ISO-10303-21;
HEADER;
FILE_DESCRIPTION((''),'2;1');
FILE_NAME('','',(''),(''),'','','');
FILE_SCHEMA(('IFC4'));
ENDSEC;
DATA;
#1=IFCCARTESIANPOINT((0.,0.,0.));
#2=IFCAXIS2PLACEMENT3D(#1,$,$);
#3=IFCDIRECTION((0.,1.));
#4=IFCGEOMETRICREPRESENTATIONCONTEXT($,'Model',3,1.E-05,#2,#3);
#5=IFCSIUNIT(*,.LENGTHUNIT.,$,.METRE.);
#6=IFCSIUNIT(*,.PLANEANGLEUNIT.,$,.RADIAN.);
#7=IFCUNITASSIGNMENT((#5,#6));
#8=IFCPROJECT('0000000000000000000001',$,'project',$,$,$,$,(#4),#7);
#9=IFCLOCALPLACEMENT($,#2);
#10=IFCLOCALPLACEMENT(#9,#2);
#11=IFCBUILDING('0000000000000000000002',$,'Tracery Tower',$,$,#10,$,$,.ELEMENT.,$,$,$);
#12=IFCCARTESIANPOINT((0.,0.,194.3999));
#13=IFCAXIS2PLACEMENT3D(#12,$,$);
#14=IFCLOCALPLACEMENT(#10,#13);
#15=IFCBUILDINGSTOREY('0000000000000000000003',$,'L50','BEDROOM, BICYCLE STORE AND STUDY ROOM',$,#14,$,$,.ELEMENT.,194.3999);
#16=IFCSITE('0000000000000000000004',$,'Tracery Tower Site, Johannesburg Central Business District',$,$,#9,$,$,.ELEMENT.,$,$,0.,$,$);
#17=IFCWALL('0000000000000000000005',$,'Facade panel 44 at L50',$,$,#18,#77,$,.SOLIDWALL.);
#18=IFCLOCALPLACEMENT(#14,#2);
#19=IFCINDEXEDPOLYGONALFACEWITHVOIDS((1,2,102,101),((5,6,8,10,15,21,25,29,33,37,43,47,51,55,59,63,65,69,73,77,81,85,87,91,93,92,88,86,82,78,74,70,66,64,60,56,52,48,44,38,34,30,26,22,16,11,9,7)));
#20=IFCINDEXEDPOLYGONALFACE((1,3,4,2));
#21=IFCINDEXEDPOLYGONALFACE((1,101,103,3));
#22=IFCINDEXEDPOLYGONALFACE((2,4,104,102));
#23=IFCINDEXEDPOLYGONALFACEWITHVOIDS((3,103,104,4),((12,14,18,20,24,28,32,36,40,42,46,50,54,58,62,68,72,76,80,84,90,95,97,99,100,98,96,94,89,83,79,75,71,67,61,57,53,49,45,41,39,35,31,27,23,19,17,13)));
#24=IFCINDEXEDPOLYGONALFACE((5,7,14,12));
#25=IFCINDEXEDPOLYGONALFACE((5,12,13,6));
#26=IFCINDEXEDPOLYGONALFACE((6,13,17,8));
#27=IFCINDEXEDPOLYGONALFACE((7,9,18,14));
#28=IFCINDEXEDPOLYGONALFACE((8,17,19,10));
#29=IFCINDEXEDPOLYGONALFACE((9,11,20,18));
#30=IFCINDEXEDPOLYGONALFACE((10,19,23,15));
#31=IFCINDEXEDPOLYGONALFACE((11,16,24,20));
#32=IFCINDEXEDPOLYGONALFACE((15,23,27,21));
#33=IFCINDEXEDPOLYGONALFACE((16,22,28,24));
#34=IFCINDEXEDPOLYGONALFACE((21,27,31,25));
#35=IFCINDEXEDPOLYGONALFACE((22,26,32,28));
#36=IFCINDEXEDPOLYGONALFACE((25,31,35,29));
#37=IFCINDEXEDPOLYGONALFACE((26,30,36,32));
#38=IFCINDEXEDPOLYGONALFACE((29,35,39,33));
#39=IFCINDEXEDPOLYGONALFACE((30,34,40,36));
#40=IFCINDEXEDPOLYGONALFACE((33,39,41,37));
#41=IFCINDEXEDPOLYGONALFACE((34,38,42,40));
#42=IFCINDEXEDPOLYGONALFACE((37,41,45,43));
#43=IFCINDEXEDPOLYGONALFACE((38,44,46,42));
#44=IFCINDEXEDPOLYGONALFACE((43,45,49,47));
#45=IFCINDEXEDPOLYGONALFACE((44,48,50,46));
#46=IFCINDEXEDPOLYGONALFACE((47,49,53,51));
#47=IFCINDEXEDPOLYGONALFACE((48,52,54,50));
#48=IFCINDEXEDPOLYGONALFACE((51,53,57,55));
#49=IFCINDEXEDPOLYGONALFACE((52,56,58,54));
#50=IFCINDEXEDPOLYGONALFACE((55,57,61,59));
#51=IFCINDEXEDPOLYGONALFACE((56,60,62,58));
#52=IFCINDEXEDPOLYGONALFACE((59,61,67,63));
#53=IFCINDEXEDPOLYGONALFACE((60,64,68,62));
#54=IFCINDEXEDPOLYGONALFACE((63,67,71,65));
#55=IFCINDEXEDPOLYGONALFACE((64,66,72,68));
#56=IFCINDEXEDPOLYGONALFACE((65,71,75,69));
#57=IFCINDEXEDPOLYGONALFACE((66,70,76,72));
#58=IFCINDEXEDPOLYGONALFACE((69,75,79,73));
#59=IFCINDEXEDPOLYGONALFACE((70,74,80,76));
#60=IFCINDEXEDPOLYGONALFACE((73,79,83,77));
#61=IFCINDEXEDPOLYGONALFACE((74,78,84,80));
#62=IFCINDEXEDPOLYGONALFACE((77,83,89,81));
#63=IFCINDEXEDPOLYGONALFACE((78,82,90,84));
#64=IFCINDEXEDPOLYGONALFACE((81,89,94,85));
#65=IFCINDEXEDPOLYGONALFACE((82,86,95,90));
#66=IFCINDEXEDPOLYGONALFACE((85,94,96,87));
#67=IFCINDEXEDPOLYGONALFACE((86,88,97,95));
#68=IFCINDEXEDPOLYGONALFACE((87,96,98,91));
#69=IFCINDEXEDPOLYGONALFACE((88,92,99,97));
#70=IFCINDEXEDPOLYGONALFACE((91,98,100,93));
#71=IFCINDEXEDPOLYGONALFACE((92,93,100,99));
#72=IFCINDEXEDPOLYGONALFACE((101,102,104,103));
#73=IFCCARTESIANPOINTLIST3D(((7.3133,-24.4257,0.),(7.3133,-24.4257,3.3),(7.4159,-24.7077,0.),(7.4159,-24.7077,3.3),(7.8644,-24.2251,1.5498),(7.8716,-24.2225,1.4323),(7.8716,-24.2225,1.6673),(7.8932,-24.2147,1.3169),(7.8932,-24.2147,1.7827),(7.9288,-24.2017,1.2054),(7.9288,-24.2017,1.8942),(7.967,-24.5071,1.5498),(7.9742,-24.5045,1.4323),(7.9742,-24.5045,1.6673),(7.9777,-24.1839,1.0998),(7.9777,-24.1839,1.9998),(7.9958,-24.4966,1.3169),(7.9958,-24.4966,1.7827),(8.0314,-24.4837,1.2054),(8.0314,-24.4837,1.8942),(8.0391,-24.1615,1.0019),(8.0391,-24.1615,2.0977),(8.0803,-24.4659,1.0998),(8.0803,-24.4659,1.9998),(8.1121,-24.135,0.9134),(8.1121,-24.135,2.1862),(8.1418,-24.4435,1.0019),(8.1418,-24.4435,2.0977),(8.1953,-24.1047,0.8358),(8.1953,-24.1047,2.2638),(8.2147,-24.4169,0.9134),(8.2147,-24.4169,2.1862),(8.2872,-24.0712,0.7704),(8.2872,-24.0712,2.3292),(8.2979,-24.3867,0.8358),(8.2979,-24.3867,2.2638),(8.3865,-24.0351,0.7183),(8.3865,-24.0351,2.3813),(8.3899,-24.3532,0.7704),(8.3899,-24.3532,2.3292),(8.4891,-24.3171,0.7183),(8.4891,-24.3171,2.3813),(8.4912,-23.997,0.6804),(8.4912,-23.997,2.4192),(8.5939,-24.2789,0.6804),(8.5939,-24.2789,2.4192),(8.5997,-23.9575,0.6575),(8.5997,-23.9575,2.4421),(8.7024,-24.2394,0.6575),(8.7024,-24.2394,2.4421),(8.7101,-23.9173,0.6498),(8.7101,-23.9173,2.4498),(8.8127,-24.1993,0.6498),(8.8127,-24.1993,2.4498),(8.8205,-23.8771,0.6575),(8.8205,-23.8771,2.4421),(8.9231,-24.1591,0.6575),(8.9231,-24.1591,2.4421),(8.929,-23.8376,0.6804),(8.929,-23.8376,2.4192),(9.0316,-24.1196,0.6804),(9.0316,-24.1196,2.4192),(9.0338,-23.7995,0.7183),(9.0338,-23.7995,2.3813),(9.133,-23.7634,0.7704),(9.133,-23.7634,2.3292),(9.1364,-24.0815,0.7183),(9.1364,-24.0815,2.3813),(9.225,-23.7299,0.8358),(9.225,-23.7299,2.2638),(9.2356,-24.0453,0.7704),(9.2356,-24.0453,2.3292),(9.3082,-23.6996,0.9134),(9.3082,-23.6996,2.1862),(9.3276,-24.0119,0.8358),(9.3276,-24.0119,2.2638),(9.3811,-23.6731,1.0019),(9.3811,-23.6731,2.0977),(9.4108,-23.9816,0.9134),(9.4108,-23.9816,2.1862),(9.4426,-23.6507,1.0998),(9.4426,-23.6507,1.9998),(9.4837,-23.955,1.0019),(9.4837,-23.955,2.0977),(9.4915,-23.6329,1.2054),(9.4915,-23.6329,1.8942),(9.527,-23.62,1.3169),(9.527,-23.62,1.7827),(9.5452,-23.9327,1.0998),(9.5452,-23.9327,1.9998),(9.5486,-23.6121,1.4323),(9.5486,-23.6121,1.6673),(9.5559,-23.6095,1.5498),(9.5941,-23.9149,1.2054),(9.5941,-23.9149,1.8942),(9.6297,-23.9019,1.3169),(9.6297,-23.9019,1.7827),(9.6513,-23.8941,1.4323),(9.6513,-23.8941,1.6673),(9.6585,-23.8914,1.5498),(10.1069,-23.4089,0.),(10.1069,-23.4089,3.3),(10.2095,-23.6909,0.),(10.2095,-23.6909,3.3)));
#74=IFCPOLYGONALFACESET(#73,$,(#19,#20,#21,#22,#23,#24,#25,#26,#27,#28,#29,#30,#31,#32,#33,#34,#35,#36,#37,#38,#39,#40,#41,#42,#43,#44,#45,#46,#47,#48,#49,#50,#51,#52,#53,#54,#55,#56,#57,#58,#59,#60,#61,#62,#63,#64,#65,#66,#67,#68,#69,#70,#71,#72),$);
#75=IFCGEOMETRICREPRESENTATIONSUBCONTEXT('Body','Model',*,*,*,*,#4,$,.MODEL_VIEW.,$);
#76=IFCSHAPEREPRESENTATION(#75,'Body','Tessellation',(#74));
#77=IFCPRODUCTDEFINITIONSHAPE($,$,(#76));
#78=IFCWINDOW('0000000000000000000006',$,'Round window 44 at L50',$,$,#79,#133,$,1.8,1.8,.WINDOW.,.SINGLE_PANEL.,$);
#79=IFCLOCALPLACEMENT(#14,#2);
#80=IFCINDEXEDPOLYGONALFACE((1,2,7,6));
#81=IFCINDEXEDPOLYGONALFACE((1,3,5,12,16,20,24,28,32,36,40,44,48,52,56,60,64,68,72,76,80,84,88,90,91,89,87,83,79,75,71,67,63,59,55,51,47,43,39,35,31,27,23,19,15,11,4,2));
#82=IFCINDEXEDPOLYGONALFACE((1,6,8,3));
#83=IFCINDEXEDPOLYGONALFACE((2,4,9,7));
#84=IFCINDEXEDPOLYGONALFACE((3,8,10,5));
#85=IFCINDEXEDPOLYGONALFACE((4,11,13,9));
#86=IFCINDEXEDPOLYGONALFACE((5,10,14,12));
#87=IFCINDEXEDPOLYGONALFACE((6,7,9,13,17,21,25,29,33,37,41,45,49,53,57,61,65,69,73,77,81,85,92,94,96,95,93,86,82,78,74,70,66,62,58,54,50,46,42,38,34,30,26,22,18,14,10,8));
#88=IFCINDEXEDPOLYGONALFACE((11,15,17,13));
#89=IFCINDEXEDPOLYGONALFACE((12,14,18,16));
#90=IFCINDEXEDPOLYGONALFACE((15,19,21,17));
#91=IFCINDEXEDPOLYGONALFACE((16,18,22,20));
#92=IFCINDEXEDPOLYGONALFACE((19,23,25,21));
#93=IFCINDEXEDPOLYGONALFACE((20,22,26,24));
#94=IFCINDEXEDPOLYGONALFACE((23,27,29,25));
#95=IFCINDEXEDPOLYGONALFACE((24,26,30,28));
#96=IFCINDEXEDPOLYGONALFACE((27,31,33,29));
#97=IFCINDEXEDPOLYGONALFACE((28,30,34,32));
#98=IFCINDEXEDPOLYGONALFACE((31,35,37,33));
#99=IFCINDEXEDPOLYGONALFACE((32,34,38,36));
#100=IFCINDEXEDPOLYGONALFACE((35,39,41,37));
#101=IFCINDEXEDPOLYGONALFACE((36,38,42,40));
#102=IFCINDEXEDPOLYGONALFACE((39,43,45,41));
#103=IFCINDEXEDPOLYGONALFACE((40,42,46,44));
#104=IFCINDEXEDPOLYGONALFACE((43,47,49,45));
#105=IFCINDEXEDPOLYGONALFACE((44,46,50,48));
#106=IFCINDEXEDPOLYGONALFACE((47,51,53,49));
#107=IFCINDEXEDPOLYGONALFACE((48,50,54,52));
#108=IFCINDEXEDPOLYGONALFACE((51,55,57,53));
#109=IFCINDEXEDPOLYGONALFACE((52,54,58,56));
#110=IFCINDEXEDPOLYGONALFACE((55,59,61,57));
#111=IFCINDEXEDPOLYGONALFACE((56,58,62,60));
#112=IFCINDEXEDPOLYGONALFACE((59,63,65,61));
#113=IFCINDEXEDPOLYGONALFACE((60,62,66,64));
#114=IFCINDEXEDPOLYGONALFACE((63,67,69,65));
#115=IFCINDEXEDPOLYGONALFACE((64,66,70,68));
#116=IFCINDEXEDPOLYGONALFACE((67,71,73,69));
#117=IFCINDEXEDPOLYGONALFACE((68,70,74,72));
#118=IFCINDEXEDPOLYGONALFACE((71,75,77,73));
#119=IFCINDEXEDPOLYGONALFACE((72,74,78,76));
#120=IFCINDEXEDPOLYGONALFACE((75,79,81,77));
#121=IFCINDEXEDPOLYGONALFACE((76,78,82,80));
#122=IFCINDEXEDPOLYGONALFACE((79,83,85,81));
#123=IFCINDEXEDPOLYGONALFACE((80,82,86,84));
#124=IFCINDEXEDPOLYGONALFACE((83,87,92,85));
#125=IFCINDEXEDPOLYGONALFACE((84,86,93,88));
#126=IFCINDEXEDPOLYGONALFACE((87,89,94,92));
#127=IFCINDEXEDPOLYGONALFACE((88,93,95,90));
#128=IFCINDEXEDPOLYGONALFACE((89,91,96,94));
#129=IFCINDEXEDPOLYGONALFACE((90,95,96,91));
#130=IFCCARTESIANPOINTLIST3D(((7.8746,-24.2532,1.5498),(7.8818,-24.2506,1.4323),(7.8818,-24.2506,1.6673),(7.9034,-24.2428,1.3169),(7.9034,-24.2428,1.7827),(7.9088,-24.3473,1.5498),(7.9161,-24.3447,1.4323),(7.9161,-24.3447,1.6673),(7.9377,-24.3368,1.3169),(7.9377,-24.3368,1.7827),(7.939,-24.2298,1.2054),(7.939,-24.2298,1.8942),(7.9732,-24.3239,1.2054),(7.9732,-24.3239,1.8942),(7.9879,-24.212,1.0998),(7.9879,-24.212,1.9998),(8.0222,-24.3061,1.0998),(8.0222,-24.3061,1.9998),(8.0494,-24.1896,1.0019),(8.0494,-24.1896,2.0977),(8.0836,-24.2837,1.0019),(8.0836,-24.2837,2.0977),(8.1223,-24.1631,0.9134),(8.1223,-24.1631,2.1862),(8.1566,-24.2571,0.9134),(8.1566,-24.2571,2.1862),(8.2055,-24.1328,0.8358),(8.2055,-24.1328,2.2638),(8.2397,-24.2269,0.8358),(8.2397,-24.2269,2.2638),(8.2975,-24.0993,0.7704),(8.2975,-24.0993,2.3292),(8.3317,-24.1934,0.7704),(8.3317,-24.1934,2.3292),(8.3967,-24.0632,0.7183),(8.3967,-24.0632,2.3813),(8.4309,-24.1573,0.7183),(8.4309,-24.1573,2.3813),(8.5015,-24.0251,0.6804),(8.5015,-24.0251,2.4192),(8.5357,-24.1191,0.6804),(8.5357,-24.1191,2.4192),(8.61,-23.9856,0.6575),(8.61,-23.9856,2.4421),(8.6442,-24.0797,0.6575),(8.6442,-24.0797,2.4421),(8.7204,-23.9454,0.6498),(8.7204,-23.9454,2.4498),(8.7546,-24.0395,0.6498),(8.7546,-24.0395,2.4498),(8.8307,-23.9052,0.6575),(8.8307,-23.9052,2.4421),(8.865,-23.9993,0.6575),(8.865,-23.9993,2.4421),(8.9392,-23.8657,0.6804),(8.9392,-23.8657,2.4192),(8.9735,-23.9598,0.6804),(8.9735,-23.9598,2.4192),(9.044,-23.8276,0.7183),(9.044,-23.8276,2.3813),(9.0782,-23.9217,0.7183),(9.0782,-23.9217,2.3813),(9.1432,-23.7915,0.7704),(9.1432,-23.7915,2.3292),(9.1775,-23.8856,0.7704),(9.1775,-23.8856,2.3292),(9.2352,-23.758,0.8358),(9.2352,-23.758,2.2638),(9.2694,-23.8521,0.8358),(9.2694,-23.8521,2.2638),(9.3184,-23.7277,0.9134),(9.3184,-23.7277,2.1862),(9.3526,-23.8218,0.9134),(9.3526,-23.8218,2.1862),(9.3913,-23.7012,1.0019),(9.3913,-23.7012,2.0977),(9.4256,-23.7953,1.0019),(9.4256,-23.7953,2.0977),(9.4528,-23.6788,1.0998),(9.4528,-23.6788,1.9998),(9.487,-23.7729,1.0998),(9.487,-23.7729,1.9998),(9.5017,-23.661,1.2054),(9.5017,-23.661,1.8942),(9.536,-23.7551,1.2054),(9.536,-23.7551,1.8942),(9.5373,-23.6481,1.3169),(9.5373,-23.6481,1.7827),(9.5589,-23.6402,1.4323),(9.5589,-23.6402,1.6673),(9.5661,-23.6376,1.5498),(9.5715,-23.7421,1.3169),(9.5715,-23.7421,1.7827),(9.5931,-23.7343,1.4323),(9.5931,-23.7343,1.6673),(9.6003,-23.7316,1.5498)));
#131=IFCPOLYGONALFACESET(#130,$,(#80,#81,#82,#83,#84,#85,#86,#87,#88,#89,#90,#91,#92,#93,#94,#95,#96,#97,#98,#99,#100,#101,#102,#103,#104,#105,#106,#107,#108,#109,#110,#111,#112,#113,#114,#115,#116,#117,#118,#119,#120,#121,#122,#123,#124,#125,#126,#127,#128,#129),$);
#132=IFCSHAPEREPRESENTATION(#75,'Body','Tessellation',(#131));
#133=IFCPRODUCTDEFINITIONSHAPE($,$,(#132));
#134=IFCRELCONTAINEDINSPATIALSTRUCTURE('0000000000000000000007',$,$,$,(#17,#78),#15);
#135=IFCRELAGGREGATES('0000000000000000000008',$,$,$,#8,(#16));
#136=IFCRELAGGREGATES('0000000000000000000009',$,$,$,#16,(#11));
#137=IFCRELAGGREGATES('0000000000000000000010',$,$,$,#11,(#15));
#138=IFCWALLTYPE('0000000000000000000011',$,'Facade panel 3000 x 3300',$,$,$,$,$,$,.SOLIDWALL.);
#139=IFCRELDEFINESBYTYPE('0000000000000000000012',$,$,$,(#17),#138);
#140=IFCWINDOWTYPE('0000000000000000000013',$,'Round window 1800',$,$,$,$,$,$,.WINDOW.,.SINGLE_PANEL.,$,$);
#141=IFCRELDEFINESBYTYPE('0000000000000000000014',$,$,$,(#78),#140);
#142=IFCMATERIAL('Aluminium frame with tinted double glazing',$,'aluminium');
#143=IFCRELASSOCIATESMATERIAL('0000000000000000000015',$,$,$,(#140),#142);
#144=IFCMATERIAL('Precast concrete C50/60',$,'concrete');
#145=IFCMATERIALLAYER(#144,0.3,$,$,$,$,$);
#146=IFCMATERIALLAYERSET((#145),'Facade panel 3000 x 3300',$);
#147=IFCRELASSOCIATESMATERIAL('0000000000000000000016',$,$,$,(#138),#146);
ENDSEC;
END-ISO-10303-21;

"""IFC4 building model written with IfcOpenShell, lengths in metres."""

from ifc_helpers import new_model, si_unit, direction, frame, frame_2d, origin, origin_2d, place, context, subcontext, project, spatial, rectangle, circle, extrude, material, layer, layer_set, type_object, element, fill, save


model = new_model("IFC4")

# Units and contexts
model_context = context("Model", 3, precision=1e-05, world=origin(), true_north=direction((0.0, 1.0)))
body_context = subcontext(model_context, "Body", "Model", "MODEL_VIEW")
ifc_project = project(units=[si_unit("LENGTHUNIT", "METRE"), si_unit("PLANEANGLEUNIT", "RADIAN")], contexts=[model_context])

# Site, building, storey
site_placement = place(None, origin())
site = spatial("IfcSite", under=ifc_project, at=site_placement, Name="Tracery Tower Site, Johannesburg Central Business District", CompositionType="ELEMENT", RefElevation=0.0)
building_placement = place(site_placement, origin())
building = spatial("IfcBuilding", under=site, at=building_placement, Name="Tracery Tower", CompositionType="ELEMENT")
storey_placement = place(building_placement, frame((0.0, 0.0, 194.3999)))
storey = spatial("IfcBuildingStorey", under=building, at=storey_placement, Name="L50", Description="BEDROOM, BICYCLE STORE AND STUDY ROOM", CompositionType="ELEMENT", Elevation=194.3999)

# Wall, opening, window
ifc_material_1 = material(Name="Aluminium frame with tinted double glazing", Category="aluminium")
window_type = type_object("IfcWindowType", Name="Round window 1800", PartitioningType="SINGLE_PANEL", PredefinedType="WINDOW", material=ifc_material_1)
ifc_material_2 = material(Name="Precast concrete C50/60", Category="concrete")
ifc_layer_1 = layer(ifc_material_2, 0.3)
ifc_layer_set_1 = layer_set([ifc_layer_1], Name="Facade panel 3000 x 3300")
wall_type_1 = type_object("IfcWallType", Name="Facade panel 3000 x 3300", PredefinedType="SOLIDWALL", material=ifc_layer_set_1)
wall_1_placement = place(storey_placement, frame((7.3647, -24.5667, 0.0), z_axis=(0.0, 0.0, 1.0), x_axis=(0.93969, 0.342027, 0.0)))
wall_1 = element("IfcWall", 1, at=wall_1_placement, inside=storey, type_object=wall_type_1, Name="Facade panel 44 at L50", PredefinedType="SOLIDWALL", context=body_context, shape_type="SweptSolid", body=[
    extrude(rectangle(XDim=2.9729, YDim=0.3, at=frame_2d((1.4863, 0.0))), origin(), (0.0, 0.0, 1.0), 3.3),
])
opening_1_placement = place(wall_1_placement, frame((1.4863, 0.0, 1.5498)))
opening_1 = element("IfcOpeningElement", 2, at=opening_1_placement, cuts=wall_1, PredefinedType="OPENING", context=body_context, shape_type="SweptSolid", body=[
    extrude(circle(Radius=0.9, at=origin_2d()), frame((0.0, 0.1599, 0.0), z_axis=(0.0, -1.0, 0.0), x_axis=(1.0, 0.0, 0.0)), (0.0, 0.0, 1.0), 0.3201),
])
window_1_placement = place(opening_1_placement, origin())
window_1 = element("IfcWindow", 3, at=window_1_placement, inside=storey, type_object=window_type, Name="Round window 44 at L50", OverallHeight=1.8, OverallWidth=1.8, PartitioningType="SINGLE_PANEL", PredefinedType="WINDOW", context=body_context, shape_type="SweptSolid", body=[
    extrude(circle(Radius=0.9, at=origin_2d()), frame((0.0, 0.1201, 0.0), z_axis=(0.0, -1.0, 0.0), x_axis=(1.0, 0.0, 0.0)), (0.0, 0.0, 1.0), 0.1001),
])
fill(opening_1, window_1)

save(model, "model.ifc")
